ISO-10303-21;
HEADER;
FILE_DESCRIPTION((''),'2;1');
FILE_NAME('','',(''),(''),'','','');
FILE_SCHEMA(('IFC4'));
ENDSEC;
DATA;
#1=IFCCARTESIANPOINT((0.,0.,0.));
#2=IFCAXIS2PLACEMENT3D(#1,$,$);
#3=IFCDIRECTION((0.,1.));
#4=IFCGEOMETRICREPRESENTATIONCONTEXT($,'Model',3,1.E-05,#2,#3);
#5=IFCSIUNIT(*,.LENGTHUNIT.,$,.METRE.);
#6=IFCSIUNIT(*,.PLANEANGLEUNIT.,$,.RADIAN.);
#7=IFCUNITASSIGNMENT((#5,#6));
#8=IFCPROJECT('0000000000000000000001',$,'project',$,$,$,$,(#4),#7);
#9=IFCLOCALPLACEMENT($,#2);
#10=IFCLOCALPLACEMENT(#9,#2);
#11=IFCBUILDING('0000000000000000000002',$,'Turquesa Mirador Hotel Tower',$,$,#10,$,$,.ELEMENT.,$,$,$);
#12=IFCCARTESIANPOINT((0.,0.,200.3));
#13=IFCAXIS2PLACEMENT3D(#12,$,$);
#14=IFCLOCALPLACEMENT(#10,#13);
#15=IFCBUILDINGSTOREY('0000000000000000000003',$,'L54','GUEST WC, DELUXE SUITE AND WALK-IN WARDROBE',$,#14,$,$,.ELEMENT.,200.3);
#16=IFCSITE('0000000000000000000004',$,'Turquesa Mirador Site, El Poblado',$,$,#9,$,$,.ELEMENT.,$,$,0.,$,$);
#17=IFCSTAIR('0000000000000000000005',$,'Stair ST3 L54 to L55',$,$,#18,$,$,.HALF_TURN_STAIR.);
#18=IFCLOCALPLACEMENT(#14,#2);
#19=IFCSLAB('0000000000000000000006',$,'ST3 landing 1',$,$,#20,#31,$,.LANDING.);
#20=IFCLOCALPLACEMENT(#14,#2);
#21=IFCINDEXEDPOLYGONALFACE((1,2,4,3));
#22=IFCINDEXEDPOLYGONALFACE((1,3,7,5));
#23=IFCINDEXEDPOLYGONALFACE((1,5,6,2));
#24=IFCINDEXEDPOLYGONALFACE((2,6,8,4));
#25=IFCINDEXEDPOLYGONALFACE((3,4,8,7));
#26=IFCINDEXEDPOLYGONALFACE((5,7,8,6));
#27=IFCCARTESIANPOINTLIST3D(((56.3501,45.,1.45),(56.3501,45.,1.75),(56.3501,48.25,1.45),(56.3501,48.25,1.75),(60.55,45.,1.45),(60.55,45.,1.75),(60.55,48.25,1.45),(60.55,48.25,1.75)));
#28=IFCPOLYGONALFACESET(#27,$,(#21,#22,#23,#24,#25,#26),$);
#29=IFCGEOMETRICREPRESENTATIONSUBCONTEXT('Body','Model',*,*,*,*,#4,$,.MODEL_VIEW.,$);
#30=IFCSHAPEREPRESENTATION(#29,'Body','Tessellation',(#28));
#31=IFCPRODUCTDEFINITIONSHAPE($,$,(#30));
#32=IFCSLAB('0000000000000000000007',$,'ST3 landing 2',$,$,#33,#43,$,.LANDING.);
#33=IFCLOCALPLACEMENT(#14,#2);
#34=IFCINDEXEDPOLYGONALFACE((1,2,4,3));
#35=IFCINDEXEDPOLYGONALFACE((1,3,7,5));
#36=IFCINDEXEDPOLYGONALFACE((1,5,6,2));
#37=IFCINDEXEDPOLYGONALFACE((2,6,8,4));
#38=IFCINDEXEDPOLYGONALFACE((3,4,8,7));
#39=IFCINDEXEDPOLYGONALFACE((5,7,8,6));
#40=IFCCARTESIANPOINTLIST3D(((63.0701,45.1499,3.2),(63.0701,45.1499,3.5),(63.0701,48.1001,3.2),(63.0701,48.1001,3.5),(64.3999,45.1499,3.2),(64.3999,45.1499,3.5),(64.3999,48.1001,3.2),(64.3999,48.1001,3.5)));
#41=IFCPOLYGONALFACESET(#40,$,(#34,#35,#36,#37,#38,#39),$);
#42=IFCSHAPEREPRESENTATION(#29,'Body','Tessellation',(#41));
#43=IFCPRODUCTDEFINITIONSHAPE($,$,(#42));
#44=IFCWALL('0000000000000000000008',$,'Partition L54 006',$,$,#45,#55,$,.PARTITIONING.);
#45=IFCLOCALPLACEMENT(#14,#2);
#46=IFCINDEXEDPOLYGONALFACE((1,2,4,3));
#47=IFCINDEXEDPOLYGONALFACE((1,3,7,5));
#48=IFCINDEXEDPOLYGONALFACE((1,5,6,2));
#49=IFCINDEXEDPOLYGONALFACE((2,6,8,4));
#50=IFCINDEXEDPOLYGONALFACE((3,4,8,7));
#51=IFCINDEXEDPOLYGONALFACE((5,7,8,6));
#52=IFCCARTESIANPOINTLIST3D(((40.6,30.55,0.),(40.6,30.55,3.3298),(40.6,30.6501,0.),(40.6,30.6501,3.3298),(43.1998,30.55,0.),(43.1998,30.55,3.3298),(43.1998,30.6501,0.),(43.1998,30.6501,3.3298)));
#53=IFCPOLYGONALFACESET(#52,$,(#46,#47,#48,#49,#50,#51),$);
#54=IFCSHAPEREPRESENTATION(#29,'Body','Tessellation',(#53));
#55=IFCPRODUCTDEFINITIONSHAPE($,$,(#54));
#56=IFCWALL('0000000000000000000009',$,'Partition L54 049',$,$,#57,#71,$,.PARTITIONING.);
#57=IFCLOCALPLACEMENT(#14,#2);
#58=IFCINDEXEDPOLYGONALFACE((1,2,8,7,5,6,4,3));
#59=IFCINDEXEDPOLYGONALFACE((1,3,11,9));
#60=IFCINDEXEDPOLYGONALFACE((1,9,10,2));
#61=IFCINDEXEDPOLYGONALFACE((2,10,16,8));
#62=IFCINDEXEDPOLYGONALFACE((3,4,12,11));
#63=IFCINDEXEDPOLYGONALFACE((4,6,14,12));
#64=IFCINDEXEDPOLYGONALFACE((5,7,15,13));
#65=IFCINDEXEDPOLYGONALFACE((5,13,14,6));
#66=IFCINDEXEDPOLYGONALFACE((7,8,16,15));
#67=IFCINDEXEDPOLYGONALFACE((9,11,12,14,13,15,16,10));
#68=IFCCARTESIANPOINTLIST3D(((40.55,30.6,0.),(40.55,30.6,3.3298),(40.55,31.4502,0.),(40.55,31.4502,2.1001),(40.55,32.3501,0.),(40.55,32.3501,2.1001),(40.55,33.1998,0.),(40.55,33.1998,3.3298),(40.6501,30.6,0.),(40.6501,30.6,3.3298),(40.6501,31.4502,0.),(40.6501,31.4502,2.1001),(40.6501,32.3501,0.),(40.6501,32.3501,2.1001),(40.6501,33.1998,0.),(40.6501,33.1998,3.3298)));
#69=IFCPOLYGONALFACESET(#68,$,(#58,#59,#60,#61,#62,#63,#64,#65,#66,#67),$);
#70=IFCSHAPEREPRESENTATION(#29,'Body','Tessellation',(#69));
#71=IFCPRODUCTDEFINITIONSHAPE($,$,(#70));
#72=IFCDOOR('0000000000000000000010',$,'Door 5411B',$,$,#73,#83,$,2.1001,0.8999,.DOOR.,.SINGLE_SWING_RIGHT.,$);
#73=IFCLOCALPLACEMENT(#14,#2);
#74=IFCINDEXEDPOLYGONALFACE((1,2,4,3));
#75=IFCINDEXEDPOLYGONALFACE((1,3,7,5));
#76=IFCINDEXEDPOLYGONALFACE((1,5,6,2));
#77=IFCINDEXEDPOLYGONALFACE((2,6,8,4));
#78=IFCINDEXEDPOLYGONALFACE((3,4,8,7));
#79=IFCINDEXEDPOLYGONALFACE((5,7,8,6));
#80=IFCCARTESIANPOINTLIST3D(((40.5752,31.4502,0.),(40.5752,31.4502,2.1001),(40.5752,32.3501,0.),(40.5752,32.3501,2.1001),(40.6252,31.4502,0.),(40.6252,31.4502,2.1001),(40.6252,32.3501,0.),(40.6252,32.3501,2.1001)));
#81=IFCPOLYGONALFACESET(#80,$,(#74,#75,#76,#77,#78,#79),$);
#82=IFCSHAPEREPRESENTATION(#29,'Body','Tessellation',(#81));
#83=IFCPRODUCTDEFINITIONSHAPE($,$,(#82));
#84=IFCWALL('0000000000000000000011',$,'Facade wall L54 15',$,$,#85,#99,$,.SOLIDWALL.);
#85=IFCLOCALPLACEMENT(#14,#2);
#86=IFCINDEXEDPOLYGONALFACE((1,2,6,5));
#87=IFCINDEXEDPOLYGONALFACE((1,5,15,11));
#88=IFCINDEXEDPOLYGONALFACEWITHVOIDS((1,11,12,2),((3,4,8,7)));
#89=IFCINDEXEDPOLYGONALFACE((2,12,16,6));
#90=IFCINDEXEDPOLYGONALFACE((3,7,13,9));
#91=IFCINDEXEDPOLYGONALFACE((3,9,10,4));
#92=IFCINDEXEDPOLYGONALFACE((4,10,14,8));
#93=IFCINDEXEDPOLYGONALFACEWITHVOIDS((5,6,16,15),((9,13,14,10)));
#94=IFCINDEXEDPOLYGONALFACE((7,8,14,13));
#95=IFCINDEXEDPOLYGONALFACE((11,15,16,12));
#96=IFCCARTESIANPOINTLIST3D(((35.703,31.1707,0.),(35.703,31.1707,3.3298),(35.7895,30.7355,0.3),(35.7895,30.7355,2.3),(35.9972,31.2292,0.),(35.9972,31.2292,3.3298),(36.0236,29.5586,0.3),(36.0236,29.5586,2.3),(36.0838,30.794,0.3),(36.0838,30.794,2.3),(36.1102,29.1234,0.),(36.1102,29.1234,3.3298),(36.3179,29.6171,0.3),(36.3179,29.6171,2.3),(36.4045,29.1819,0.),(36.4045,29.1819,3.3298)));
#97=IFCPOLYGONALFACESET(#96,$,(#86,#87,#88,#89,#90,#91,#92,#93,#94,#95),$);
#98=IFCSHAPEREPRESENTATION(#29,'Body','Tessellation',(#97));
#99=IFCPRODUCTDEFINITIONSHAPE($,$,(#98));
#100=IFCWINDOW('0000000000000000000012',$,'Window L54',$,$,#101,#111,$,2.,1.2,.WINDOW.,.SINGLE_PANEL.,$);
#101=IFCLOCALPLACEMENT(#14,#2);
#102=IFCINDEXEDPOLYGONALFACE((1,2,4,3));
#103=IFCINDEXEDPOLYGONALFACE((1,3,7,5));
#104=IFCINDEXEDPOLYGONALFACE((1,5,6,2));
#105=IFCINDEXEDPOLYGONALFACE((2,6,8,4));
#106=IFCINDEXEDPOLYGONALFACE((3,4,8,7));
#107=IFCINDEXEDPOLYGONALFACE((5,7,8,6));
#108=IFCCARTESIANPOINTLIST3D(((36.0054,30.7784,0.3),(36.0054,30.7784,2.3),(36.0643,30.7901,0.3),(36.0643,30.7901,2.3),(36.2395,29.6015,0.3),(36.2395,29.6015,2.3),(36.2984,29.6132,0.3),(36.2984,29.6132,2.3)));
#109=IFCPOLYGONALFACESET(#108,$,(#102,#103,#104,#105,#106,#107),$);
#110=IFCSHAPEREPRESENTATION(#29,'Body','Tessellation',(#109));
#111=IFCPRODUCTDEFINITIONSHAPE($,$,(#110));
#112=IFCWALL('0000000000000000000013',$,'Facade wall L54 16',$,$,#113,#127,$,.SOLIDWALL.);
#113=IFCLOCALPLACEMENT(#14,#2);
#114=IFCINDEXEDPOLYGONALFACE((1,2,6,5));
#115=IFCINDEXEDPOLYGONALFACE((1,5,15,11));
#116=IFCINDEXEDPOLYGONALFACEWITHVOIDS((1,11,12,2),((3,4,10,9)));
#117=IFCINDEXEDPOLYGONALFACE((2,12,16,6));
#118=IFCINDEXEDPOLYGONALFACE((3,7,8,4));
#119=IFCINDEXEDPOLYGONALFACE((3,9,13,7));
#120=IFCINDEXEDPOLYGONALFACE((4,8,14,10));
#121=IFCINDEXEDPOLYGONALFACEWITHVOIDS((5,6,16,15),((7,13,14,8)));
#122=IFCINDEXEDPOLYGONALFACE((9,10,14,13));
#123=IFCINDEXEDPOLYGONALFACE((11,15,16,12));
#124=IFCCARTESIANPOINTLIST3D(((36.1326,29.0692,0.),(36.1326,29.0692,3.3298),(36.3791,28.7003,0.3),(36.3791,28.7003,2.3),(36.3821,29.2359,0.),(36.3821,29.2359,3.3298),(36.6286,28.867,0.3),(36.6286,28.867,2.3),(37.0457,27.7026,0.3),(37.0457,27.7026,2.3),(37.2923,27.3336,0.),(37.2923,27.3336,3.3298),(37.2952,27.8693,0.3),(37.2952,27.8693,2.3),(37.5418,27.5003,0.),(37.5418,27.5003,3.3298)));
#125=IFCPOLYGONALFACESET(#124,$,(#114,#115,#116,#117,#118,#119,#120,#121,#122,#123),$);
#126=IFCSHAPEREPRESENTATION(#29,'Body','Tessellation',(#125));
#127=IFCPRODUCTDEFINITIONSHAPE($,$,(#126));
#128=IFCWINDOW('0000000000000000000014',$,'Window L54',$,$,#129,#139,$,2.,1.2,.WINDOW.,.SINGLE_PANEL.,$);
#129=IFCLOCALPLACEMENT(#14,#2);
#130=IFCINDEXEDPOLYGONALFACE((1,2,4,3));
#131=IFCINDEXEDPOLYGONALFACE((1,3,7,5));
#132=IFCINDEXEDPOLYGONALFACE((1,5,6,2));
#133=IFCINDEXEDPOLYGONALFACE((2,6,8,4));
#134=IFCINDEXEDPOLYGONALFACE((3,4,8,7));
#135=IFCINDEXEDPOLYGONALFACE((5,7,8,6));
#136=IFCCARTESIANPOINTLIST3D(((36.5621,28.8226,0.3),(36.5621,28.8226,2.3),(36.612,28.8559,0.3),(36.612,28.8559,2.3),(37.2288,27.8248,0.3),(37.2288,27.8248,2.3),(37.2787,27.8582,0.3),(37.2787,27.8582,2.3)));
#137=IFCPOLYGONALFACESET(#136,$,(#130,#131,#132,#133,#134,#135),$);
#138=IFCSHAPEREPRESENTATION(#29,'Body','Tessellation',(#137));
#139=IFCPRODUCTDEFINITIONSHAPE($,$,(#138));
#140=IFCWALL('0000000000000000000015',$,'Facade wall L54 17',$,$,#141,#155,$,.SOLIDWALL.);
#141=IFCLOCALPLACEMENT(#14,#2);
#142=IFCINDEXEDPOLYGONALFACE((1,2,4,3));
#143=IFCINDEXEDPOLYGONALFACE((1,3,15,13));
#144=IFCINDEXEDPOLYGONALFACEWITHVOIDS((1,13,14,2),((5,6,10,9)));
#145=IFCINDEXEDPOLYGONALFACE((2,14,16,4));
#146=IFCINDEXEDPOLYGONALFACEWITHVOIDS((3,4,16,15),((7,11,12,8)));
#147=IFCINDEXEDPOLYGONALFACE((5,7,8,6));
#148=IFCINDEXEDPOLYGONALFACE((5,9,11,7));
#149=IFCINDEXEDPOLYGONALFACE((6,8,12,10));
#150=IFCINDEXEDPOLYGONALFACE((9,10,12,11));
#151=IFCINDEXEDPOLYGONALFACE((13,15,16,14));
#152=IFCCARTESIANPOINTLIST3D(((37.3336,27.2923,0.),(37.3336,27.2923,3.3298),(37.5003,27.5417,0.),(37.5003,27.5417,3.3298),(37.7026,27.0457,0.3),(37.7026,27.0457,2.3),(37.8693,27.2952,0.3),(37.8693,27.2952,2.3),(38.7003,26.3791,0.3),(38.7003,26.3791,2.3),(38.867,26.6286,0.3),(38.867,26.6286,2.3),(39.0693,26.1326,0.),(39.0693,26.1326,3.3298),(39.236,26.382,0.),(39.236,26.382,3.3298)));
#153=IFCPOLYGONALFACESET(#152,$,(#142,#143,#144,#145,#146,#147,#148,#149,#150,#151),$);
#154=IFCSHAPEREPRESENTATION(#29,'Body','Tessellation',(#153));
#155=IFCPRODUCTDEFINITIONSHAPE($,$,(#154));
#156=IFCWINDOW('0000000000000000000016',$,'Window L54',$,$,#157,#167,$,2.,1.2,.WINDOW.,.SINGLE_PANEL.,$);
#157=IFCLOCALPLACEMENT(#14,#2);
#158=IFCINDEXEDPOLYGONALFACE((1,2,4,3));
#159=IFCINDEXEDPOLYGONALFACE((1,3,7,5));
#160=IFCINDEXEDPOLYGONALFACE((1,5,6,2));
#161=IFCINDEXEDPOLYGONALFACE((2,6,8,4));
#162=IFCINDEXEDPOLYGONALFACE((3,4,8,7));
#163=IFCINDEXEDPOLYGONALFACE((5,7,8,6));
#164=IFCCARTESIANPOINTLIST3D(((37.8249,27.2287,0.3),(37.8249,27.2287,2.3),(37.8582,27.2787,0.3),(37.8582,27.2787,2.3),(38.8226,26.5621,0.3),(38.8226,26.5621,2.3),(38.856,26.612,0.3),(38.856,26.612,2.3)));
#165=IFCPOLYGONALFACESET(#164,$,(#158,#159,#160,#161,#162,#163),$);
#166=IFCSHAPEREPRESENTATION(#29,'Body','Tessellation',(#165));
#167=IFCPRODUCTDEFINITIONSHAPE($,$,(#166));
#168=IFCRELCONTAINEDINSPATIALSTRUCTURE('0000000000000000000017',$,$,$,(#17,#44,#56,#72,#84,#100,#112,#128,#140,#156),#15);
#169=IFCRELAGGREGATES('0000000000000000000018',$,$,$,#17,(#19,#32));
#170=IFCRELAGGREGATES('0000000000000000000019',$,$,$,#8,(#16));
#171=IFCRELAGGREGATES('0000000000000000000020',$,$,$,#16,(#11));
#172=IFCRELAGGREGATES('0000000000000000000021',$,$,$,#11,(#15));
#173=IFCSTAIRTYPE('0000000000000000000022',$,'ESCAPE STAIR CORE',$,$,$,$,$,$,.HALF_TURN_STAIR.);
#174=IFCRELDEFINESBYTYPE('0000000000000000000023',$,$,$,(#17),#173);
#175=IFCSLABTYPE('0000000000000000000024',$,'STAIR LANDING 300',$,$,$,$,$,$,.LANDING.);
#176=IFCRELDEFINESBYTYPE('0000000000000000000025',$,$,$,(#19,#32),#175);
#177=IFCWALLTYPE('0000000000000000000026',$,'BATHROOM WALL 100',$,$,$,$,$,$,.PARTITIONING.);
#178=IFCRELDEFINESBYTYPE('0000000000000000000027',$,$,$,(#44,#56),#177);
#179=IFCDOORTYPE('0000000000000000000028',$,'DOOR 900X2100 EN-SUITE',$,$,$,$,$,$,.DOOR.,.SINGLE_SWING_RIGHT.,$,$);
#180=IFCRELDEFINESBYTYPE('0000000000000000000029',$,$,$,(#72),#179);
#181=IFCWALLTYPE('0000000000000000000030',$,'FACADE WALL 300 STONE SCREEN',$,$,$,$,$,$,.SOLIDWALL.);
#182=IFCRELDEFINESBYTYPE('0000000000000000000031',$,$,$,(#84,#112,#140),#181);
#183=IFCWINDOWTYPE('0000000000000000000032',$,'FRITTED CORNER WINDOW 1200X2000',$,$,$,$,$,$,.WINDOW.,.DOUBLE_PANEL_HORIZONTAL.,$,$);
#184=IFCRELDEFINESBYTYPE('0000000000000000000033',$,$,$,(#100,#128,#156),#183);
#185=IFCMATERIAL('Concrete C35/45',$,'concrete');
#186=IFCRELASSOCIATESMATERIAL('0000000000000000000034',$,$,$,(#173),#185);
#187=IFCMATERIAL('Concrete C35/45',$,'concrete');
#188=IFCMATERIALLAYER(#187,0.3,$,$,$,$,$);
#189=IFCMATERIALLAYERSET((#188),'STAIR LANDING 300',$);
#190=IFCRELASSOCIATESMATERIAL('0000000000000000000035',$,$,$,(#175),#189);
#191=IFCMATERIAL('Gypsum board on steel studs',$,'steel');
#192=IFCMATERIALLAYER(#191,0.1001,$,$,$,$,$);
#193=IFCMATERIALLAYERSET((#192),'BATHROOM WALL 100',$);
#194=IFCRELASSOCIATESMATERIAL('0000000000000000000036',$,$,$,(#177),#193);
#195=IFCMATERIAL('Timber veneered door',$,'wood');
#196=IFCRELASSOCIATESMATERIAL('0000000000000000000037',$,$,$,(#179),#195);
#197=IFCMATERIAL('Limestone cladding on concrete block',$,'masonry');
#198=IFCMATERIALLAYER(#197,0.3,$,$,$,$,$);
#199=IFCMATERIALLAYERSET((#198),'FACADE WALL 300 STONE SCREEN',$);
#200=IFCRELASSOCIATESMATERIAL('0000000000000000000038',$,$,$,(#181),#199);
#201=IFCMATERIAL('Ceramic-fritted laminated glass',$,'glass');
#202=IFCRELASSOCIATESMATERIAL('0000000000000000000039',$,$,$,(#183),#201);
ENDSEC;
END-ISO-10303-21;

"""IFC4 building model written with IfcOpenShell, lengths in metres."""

from ifc_helpers import new_model, si_unit, direction, frame, frame_2d, origin, place, context, subcontext, project, spatial, polyline, rectangle, outline, extrude, material, layer, layer_set, type_object, element, fill, aggregate, save


model = new_model("IFC4")

# Units and contexts
model_context = context("Model", 3, precision=1e-05, world=origin(), true_north=direction((0.0, 1.0)))
body_context = subcontext(model_context, "Body", "Model", "MODEL_VIEW")
ifc_project = project(units=[si_unit("LENGTHUNIT", "METRE"), si_unit("PLANEANGLEUNIT", "RADIAN")], contexts=[model_context])

# Site, building, storey
site_placement = place(None, origin())
site = spatial("IfcSite", under=ifc_project, at=site_placement, Name="Turquesa Mirador Site, El Poblado", CompositionType="ELEMENT", RefElevation=0.0)
building_placement = place(site_placement, origin())
building = spatial("IfcBuilding", under=site, at=building_placement, Name="Turquesa Mirador Hotel Tower", CompositionType="ELEMENT")
storey_placement = place(building_placement, frame((0.0, 0.0, 200.3)))
storey = spatial("IfcBuildingStorey", under=building, at=storey_placement, Name="L54", Description="GUEST WC, DELUXE SUITE AND WALK-IN WARDROBE", CompositionType="ELEMENT", Elevation=200.3)

# Stair, slabs
ifc_material_1 = material(Name="Concrete C35/45", Category="concrete")
stair_type = type_object("IfcStairType", Name="ESCAPE STAIR CORE", PredefinedType="HALF_TURN_STAIR", material=ifc_material_1)
ifc_material_2 = material(Name="Concrete C35/45", Category="concrete")
ifc_layer_1 = layer(ifc_material_2, 0.3)
ifc_layer_set_1 = layer_set([ifc_layer_1], Name="STAIR LANDING 300")
slab_type_1 = type_object("IfcSlabType", Name="STAIR LANDING 300", PredefinedType="LANDING", material=ifc_layer_set_1)
stair_1_placement = place(storey_placement, origin())
stair_1 = element("IfcStair", 1, at=stair_1_placement, inside=storey, type_object=stair_type, Name="Stair ST3 L54 to L55", PredefinedType="HALF_TURN_STAIR")
slab_1_placement = place(storey_placement, frame((0.0, 0.0, 1.45)))
slab_1 = element("IfcSlab", 2, at=slab_1_placement, type_object=slab_type_1, Name="ST3 landing 1", PredefinedType="LANDING", context=body_context, shape_type="SweptSolid", body=[
    extrude(outline(polyline([(56.3501, 45.0), (60.55, 45.0), (60.55, 48.25), (56.3501, 48.25), (56.3501, 45.0)])), origin(), (0.0, 0.0, 1.0), 0.3),
])
slab_2_placement = place(storey_placement, frame((0.0, 0.0, 3.2)))
slab_2 = element("IfcSlab", 3, at=slab_2_placement, type_object=slab_type_1, Name="ST3 landing 2", PredefinedType="LANDING", context=body_context, shape_type="SweptSolid", body=[
    extrude(outline(polyline([(63.0701, 45.1499), (64.3999, 45.1499), (64.3999, 48.1001), (63.0701, 48.1001), (63.0701, 45.1499)])), origin(), (0.0, 0.0, 1.0), 0.3),
])
aggregate(stair_1, [slab_1, slab_2])

# Wall
ifc_material_3 = material(Name="Gypsum board on steel studs", Category="steel")
ifc_layer_2 = layer(ifc_material_3, 0.1001)
ifc_layer_set_2 = layer_set([ifc_layer_2], Name="BATHROOM WALL 100")
wall_type_1 = type_object("IfcWallType", Name="BATHROOM WALL 100", PredefinedType="PARTITIONING", material=ifc_layer_set_2)
wall_1_placement = place(storey_placement, frame((40.6001, 30.6001, 0.0), z_axis=(0.0, 0.0, 1.0), x_axis=(1.0, 0.0, 0.0)))
element("IfcWall", 4, at=wall_1_placement, inside=storey, type_object=wall_type_1, Name="Partition L54 006", PredefinedType="PARTITIONING", context=body_context, shape_type="SweptSolid", body=[
    extrude(rectangle(XDim=2.5999, YDim=0.1001, at=frame_2d((1.2998, 0.0))), origin(), (0.0, 0.0, 1.0), 3.3298),
])

# Wall, opening, door
wall_2_placement = place(storey_placement, frame((40.6001, 30.6001, 0.0), z_axis=(0.0, 0.0, 1.0), x_axis=(0.0, 1.0, 0.0)))
wall_2 = element("IfcWall", 5, at=wall_2_placement, inside=storey, type_object=wall_type_1, Name="Partition L54 049", PredefinedType="PARTITIONING", context=body_context, shape_type="SweptSolid", body=[
    extrude(rectangle(XDim=2.5999, YDim=0.1001, at=frame_2d((1.2998, 0.0))), origin(), (0.0, 0.0, 1.0), 3.3298),
])
opening_1_placement = place(wall_2_placement, frame((0.8501, 0.0, 0.0)))
opening_1 = element("IfcOpeningElement", 6, at=opening_1_placement, cuts=wall_2, PredefinedType="OPENING", context=body_context, shape_type="SweptSolid", body=[
    extrude(rectangle(XDim=0.8999, YDim=2.1001, at=frame_2d((0.45, 1.05))), frame((0.0, 0.0601, 0.0), z_axis=(0.0, -1.0, 0.0), x_axis=(1.0, 0.0, 0.0)), (0.0, 0.0, 1.0), 0.1201),
])
ifc_material_4 = material(Name="Timber veneered door", Category="wood")
door_type_1 = type_object("IfcDoorType", Name="DOOR 900X2100 EN-SUITE", OperationType="SINGLE_SWING_RIGHT", PredefinedType="DOOR", material=ifc_material_4)
door_1_placement = place(opening_1_placement, origin())
door_1 = element("IfcDoor", 7, at=door_1_placement, inside=storey, type_object=door_type_1, Name="Door 5411B", OperationType="SINGLE_SWING_RIGHT", OverallHeight=2.1001, OverallWidth=0.8999, PredefinedType="DOOR", context=body_context, shape_type="SweptSolid", body=[
    extrude(rectangle(XDim=0.8999, YDim=2.1001, at=frame_2d((0.45, 1.05))), frame((0.0, 0.0249, 0.0), z_axis=(0.0, -1.0, 0.0), x_axis=(1.0, 0.0, 0.0)), (0.0, 0.0, 1.0), 0.05),
])
fill(opening_1, door_1)

# Walls, openings, windows
ifc_material_5 = material(Name="Limestone cladding on concrete block", Category="masonry")
ifc_layer_3 = layer(ifc_material_5, 0.3)
ifc_layer_set_3 = layer_set([ifc_layer_3], Name="FACADE WALL 300 STONE SCREEN")
wall_type_2 = type_object("IfcWallType", Name="FACADE WALL 300 STONE SCREEN", PredefinedType="SOLIDWALL", material=ifc_layer_set_3)
wall_3_placement = place(storey_placement, frame((35.8501, 31.2, 0.0), z_axis=(0.0, 0.0, 1.0), x_axis=(0.195081, -0.980787, 0.0)))
wall_3 = element("IfcWall", 8, at=wall_3_placement, inside=storey, type_object=wall_type_2, Name="Facade wall L54 15", PredefinedType="SOLIDWALL", context=body_context, shape_type="SweptSolid", body=[
    extrude(rectangle(XDim=2.0874, YDim=0.3, at=frame_2d((1.0437, 0.0))), origin(), (0.0, 0.0, 1.0), 3.3298),
])
opening_2_placement = place(wall_3_placement, frame((0.4436, 0.0, 0.3)))
opening_2 = element("IfcOpeningElement", 9, at=opening_2_placement, cuts=wall_3, PredefinedType="OPENING", context=body_context, shape_type="SweptSolid", body=[
    extrude(rectangle(XDim=1.2, YDim=2.0, at=frame_2d((0.6001, 1.0))), frame((0.0, 0.1599, 0.0), z_axis=(0.0, -1.0, 0.0), x_axis=(1.0, 0.0, 0.0)), (0.0, 0.0, 1.0), 0.3201),
])
ifc_material_6 = material(Name="Ceramic-fritted laminated glass", Category="glass")
window_type = type_object("IfcWindowType", Name="FRITTED CORNER WINDOW 1200X2000", PartitioningType="DOUBLE_PANEL_HORIZONTAL", PredefinedType="WINDOW", material=ifc_material_6)
window_1_placement = place(opening_2_placement, origin())
window_1 = element("IfcWindow", 10, at=window_1_placement, inside=storey, type_object=window_type, Name="Window L54", OverallHeight=2.0, OverallWidth=1.2, PartitioningType="SINGLE_PANEL", PredefinedType="WINDOW", context=body_context, shape_type="SweptSolid", body=[
    extrude(rectangle(XDim=1.2, YDim=2.0, at=frame_2d((0.6001, 1.0))), frame((0.0, 0.1301, 0.0), z_axis=(0.0, -1.0, 0.0), x_axis=(1.0, 0.0, 0.0)), (0.0, 0.0, 1.0), 0.0601),
])
fill(opening_2, window_1)
wall_4_placement = place(storey_placement, frame((36.2573, 29.1526, 0.0), z_axis=(0.0, 0.0, 1.0), x_axis=(0.555564, -0.831474, 0.0)))
wall_4 = element("IfcWall", 11, at=wall_4_placement, inside=storey, type_object=wall_type_2, Name="Facade wall L54 16", PredefinedType="SOLIDWALL", context=body_context, shape_type="SweptSolid", body=[
    extrude(rectangle(XDim=2.0874, YDim=0.3, at=frame_2d((1.0437, 0.0))), origin(), (0.0, 0.0, 1.0), 3.3298),
])
opening_3_placement = place(wall_4_placement, frame((0.4436, 0.0, 0.3)))
opening_3 = element("IfcOpeningElement", 12, at=opening_3_placement, cuts=wall_4, PredefinedType="OPENING", context=body_context, shape_type="SweptSolid", body=[
    extrude(rectangle(XDim=1.2, YDim=2.0, at=frame_2d((0.6001, 1.0))), frame((0.0, 0.1599, 0.0), z_axis=(0.0, -1.0, 0.0), x_axis=(1.0, 0.0, 0.0)), (0.0, 0.0, 1.0), 0.3201),
])
window_2_placement = place(opening_3_placement, origin())
window_2 = element("IfcWindow", 13, at=window_2_placement, inside=storey, type_object=window_type, Name="Window L54", OverallHeight=2.0, OverallWidth=1.2, PartitioningType="SINGLE_PANEL", PredefinedType="WINDOW", context=body_context, shape_type="SweptSolid", body=[
    extrude(rectangle(XDim=1.2, YDim=2.0, at=frame_2d((0.6001, 1.0))), frame((0.0, 0.1301, 0.0), z_axis=(0.0, -1.0, 0.0), x_axis=(1.0, 0.0, 0.0)), (0.0, 0.0, 1.0), 0.0601),
])
fill(opening_3, window_2)
wall_5_placement = place(storey_placement, frame((37.417, 27.417, 0.0), z_axis=(0.0, 0.0, 1.0), x_axis=(0.831474, -0.555564, 0.0)))
wall_5 = element("IfcWall", 14, at=wall_5_placement, inside=storey, type_object=wall_type_2, Name="Facade wall L54 17", PredefinedType="SOLIDWALL", context=body_context, shape_type="SweptSolid", body=[
    extrude(rectangle(XDim=2.0874, YDim=0.3, at=frame_2d((1.0437, 0.0))), origin(), (0.0, 0.0, 1.0), 3.3298),
])
opening_4_placement = place(wall_5_placement, frame((0.4436, 0.0, 0.3)))
opening_4 = element("IfcOpeningElement", 15, at=opening_4_placement, cuts=wall_5, PredefinedType="OPENING", context=body_context, shape_type="SweptSolid", body=[
    extrude(rectangle(XDim=1.2, YDim=2.0, at=frame_2d((0.6001, 1.0))), frame((0.0, 0.1599, 0.0), z_axis=(0.0, -1.0, 0.0), x_axis=(1.0, 0.0, 0.0)), (0.0, 0.0, 1.0), 0.3201),
])
window_3_placement = place(opening_4_placement, origin())
window_3 = element("IfcWindow", 16, at=window_3_placement, inside=storey, type_object=window_type, Name="Window L54", OverallHeight=2.0, OverallWidth=1.2, PartitioningType="SINGLE_PANEL", PredefinedType="WINDOW", context=body_context, shape_type="SweptSolid", body=[
    extrude(rectangle(XDim=1.2, YDim=2.0, at=frame_2d((0.6001, 1.0))), frame((0.0, 0.1301, 0.0), z_axis=(0.0, -1.0, 0.0), x_axis=(1.0, 0.0, 0.0)), (0.0, 0.0, 1.0), 0.0601),
])
fill(opening_4, window_3)

save(model, "model.ifc")
